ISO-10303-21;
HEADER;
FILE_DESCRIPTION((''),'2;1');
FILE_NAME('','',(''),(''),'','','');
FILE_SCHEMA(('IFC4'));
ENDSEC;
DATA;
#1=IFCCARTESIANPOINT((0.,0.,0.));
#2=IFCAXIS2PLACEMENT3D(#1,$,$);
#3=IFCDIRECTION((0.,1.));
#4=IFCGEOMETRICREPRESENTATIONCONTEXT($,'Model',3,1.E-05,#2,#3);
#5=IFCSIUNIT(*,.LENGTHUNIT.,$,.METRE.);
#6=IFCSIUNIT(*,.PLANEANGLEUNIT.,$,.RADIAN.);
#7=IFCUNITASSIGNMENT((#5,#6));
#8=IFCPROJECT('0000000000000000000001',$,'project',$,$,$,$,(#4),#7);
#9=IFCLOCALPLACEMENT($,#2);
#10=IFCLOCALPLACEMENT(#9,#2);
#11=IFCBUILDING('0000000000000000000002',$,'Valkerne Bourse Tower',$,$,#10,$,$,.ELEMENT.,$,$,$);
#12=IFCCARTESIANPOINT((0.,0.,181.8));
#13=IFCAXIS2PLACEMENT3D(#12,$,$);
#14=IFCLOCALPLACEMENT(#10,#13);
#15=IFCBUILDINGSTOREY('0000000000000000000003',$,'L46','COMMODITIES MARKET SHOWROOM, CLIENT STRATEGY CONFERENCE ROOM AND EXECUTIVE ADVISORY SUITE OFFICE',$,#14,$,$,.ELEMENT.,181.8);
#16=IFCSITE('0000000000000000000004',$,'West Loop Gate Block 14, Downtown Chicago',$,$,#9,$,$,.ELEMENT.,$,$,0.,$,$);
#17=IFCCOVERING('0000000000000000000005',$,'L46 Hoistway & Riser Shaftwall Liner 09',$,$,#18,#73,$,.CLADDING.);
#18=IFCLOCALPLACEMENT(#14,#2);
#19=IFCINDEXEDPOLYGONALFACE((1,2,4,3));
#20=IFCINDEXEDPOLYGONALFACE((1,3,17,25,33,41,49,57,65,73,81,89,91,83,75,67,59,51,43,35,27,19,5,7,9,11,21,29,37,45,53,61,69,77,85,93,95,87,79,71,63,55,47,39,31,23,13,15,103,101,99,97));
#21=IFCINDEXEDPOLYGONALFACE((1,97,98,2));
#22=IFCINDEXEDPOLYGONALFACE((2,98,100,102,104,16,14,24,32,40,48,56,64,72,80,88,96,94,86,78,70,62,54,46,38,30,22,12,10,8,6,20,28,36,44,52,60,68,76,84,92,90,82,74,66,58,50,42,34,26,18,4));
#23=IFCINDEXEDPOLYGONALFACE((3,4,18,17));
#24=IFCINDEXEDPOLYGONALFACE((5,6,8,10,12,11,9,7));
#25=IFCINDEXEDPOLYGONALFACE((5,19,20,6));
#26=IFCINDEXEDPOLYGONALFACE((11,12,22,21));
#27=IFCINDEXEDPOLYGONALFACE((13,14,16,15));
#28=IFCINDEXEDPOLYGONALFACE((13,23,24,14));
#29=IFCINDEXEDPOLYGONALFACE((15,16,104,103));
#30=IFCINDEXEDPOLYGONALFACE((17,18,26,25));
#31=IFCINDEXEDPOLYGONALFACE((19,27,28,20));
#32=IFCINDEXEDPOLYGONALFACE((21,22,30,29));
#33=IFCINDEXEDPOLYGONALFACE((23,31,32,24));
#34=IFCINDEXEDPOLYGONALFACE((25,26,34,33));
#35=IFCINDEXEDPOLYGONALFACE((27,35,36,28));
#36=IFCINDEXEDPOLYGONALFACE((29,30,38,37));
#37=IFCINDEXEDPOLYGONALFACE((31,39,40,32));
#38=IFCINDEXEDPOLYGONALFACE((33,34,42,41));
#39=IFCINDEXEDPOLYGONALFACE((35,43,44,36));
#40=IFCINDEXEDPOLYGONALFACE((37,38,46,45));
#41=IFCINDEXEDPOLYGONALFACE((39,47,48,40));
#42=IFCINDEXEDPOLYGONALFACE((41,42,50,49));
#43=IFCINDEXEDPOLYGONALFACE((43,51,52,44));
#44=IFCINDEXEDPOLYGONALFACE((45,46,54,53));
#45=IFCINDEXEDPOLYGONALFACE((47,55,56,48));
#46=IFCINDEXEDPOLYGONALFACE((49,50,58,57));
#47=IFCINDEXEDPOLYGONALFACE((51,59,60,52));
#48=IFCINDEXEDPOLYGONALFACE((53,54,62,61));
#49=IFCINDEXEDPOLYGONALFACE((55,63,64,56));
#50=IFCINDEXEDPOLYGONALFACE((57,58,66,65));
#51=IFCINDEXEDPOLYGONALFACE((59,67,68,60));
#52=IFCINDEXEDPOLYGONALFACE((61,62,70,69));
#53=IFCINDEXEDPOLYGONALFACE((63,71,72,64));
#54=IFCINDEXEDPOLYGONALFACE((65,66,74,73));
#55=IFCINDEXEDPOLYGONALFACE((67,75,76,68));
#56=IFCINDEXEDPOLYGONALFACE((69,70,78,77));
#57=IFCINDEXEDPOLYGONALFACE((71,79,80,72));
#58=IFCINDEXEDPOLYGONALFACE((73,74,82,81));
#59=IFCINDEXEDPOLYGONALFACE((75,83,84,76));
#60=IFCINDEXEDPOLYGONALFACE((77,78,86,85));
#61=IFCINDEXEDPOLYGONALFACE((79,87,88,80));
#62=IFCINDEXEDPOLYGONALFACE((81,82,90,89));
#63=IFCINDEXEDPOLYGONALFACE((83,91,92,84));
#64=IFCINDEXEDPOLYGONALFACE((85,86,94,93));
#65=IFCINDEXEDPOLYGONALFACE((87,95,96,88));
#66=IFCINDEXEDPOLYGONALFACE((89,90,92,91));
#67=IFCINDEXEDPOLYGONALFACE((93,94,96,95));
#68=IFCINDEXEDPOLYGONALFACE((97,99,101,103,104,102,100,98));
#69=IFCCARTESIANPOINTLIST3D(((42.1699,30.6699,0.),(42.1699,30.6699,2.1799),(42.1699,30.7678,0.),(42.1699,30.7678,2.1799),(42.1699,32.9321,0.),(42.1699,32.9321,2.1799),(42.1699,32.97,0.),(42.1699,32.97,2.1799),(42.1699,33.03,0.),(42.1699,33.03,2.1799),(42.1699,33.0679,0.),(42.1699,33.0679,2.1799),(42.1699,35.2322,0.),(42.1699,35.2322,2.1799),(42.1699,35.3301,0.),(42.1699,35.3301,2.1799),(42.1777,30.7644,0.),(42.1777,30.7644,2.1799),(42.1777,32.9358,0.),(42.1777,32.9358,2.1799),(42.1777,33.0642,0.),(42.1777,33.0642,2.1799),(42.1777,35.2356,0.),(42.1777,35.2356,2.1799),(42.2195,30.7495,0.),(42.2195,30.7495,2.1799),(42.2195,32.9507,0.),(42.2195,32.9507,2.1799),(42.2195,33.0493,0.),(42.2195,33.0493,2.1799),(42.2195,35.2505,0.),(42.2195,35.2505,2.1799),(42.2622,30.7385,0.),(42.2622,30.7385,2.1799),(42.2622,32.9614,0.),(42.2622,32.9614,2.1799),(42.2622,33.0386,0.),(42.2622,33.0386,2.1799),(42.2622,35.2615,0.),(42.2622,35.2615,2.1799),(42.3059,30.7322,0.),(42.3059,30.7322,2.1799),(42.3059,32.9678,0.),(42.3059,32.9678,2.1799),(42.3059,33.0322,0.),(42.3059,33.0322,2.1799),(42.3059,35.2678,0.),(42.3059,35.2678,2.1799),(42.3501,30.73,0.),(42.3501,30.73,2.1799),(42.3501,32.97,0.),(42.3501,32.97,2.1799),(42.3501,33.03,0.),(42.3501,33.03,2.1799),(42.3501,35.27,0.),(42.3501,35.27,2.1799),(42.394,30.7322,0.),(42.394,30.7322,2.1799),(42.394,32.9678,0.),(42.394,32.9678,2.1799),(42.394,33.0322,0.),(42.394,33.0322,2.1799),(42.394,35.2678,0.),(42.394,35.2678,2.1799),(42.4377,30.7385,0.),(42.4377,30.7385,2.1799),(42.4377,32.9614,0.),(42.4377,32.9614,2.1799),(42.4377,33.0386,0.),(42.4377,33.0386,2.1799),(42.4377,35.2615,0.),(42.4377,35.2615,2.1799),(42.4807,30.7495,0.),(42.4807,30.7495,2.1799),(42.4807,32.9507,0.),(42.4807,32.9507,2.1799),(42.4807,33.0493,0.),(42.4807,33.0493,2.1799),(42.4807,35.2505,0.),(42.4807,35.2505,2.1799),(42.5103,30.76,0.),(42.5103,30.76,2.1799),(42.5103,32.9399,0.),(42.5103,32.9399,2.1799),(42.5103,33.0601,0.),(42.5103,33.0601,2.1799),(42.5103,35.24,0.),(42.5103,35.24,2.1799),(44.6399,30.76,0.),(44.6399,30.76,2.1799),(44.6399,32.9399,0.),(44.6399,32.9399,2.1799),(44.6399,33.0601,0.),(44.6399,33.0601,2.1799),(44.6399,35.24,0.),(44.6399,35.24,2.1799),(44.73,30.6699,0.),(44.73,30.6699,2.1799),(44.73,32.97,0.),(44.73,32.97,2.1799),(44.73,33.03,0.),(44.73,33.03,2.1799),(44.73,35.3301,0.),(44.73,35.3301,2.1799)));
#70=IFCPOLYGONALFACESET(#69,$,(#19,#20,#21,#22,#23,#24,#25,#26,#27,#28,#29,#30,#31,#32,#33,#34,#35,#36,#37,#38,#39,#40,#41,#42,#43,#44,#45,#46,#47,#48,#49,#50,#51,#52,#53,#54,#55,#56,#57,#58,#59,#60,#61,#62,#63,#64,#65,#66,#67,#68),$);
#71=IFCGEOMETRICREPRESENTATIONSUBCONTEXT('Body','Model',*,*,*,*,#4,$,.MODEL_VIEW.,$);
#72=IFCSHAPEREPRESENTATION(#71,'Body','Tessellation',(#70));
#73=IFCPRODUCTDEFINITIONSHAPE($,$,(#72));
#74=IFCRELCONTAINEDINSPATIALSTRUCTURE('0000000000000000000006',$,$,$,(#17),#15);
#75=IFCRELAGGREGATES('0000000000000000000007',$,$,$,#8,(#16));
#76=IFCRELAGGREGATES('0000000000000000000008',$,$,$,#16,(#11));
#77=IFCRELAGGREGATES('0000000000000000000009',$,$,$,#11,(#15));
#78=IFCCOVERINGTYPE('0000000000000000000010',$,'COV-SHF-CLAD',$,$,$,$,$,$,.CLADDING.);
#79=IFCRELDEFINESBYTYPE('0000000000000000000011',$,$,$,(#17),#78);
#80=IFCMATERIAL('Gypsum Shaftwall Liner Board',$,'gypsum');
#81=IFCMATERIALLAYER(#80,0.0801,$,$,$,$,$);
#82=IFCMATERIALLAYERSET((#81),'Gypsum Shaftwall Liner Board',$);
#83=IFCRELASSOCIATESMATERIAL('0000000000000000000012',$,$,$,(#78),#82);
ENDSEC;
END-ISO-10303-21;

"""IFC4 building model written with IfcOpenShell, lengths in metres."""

from ifc_helpers import new_model, si_unit, direction, frame, origin, place, context, subcontext, project, spatial, polyline, outline, extrude, material, layer, layer_set, type_object, element, save


model = new_model("IFC4")

# Units and contexts
model_context = context("Model", 3, precision=1e-05, world=origin(), true_north=direction((0.0, 1.0)))
body_context = subcontext(model_context, "Body", "Model", "MODEL_VIEW")
ifc_project = project(units=[si_unit("LENGTHUNIT", "METRE"), si_unit("PLANEANGLEUNIT", "RADIAN")], contexts=[model_context])

# Site, building, storey
site_placement = place(None, origin())
site = spatial("IfcSite", under=ifc_project, at=site_placement, Name="West Loop Gate Block 14, Downtown Chicago", CompositionType="ELEMENT", RefElevation=0.0)
building_placement = place(site_placement, origin())
building = spatial("IfcBuilding", under=site, at=building_placement, Name="Valkerne Bourse Tower", CompositionType="ELEMENT")
storey_placement = place(building_placement, frame((0.0, 0.0, 181.8)))
storey = spatial("IfcBuildingStorey", under=building, at=storey_placement, Name="L46", Description="COMMODITIES MARKET SHOWROOM, CLIENT STRATEGY CONFERENCE ROOM AND EXECUTIVE ADVISORY SUITE OFFICE", CompositionType="ELEMENT", Elevation=181.8)

# Covering
ifc_material_1 = material(Name="Gypsum Shaftwall Liner Board", Category="gypsum")
ifc_layer_1 = layer(ifc_material_1, 0.0801)
ifc_layer_set_1 = layer_set([ifc_layer_1], Name="Gypsum Shaftwall Liner Board")
covering_type_1 = type_object("IfcCoveringType", Name="COV-SHF-CLAD", PredefinedType="CLADDING", material=ifc_layer_set_1)
covering_1_placement = place(storey_placement, origin())
element("IfcCovering", 1, at=covering_1_placement, inside=storey, type_object=covering_type_1, Name="L46 Hoistway & Riser Shaftwall Liner 09", PredefinedType="CLADDING", context=body_context, shape_type="SweptSolid", body=[
    extrude(outline(polyline([(42.1699, 33.0679), (42.1777, 33.0642), (42.2195, 33.0493), (42.2622, 33.0386), (42.3059, 33.0322), (42.3501, 33.03), (42.394, 33.0322), (42.4377, 33.0386), (42.4807, 33.0493), (42.5103, 33.0601), (44.6399, 33.0601), (44.6399, 35.24), (42.5103, 35.24), (42.4807, 35.2505), (42.4377, 35.2615), (42.394, 35.2678), (42.3501, 35.27), (42.3059, 35.2678), (42.2622, 35.2615), (42.2195, 35.2505), (42.1777, 35.2356), (42.1699, 35.2322), (42.1699, 35.3301), (44.73, 35.3301), (44.73, 33.03), (44.73, 32.97), (44.73, 30.6699), (42.1699, 30.6699), (42.1699, 30.7678), (42.1777, 30.7644), (42.2195, 30.7495), (42.2622, 30.7385), (42.3059, 30.7322), (42.3501, 30.73), (42.394, 30.7322), (42.4377, 30.7385), (42.4807, 30.7495), (42.5103, 30.76), (44.6399, 30.76), (44.6399, 32.9399), (42.5103, 32.9399), (42.4807, 32.9507), (42.4377, 32.9614), (42.394, 32.9678), (42.3501, 32.97), (42.3059, 32.9678), (42.2622, 32.9614), (42.2195, 32.9507), (42.1777, 32.9358), (42.1699, 32.9321), (42.1699, 32.97), (42.1699, 33.03), (42.1699, 33.0679)])), origin(), (0.0, 0.0, 1.0), 2.1799),
])

save(model, "model.ifc")
